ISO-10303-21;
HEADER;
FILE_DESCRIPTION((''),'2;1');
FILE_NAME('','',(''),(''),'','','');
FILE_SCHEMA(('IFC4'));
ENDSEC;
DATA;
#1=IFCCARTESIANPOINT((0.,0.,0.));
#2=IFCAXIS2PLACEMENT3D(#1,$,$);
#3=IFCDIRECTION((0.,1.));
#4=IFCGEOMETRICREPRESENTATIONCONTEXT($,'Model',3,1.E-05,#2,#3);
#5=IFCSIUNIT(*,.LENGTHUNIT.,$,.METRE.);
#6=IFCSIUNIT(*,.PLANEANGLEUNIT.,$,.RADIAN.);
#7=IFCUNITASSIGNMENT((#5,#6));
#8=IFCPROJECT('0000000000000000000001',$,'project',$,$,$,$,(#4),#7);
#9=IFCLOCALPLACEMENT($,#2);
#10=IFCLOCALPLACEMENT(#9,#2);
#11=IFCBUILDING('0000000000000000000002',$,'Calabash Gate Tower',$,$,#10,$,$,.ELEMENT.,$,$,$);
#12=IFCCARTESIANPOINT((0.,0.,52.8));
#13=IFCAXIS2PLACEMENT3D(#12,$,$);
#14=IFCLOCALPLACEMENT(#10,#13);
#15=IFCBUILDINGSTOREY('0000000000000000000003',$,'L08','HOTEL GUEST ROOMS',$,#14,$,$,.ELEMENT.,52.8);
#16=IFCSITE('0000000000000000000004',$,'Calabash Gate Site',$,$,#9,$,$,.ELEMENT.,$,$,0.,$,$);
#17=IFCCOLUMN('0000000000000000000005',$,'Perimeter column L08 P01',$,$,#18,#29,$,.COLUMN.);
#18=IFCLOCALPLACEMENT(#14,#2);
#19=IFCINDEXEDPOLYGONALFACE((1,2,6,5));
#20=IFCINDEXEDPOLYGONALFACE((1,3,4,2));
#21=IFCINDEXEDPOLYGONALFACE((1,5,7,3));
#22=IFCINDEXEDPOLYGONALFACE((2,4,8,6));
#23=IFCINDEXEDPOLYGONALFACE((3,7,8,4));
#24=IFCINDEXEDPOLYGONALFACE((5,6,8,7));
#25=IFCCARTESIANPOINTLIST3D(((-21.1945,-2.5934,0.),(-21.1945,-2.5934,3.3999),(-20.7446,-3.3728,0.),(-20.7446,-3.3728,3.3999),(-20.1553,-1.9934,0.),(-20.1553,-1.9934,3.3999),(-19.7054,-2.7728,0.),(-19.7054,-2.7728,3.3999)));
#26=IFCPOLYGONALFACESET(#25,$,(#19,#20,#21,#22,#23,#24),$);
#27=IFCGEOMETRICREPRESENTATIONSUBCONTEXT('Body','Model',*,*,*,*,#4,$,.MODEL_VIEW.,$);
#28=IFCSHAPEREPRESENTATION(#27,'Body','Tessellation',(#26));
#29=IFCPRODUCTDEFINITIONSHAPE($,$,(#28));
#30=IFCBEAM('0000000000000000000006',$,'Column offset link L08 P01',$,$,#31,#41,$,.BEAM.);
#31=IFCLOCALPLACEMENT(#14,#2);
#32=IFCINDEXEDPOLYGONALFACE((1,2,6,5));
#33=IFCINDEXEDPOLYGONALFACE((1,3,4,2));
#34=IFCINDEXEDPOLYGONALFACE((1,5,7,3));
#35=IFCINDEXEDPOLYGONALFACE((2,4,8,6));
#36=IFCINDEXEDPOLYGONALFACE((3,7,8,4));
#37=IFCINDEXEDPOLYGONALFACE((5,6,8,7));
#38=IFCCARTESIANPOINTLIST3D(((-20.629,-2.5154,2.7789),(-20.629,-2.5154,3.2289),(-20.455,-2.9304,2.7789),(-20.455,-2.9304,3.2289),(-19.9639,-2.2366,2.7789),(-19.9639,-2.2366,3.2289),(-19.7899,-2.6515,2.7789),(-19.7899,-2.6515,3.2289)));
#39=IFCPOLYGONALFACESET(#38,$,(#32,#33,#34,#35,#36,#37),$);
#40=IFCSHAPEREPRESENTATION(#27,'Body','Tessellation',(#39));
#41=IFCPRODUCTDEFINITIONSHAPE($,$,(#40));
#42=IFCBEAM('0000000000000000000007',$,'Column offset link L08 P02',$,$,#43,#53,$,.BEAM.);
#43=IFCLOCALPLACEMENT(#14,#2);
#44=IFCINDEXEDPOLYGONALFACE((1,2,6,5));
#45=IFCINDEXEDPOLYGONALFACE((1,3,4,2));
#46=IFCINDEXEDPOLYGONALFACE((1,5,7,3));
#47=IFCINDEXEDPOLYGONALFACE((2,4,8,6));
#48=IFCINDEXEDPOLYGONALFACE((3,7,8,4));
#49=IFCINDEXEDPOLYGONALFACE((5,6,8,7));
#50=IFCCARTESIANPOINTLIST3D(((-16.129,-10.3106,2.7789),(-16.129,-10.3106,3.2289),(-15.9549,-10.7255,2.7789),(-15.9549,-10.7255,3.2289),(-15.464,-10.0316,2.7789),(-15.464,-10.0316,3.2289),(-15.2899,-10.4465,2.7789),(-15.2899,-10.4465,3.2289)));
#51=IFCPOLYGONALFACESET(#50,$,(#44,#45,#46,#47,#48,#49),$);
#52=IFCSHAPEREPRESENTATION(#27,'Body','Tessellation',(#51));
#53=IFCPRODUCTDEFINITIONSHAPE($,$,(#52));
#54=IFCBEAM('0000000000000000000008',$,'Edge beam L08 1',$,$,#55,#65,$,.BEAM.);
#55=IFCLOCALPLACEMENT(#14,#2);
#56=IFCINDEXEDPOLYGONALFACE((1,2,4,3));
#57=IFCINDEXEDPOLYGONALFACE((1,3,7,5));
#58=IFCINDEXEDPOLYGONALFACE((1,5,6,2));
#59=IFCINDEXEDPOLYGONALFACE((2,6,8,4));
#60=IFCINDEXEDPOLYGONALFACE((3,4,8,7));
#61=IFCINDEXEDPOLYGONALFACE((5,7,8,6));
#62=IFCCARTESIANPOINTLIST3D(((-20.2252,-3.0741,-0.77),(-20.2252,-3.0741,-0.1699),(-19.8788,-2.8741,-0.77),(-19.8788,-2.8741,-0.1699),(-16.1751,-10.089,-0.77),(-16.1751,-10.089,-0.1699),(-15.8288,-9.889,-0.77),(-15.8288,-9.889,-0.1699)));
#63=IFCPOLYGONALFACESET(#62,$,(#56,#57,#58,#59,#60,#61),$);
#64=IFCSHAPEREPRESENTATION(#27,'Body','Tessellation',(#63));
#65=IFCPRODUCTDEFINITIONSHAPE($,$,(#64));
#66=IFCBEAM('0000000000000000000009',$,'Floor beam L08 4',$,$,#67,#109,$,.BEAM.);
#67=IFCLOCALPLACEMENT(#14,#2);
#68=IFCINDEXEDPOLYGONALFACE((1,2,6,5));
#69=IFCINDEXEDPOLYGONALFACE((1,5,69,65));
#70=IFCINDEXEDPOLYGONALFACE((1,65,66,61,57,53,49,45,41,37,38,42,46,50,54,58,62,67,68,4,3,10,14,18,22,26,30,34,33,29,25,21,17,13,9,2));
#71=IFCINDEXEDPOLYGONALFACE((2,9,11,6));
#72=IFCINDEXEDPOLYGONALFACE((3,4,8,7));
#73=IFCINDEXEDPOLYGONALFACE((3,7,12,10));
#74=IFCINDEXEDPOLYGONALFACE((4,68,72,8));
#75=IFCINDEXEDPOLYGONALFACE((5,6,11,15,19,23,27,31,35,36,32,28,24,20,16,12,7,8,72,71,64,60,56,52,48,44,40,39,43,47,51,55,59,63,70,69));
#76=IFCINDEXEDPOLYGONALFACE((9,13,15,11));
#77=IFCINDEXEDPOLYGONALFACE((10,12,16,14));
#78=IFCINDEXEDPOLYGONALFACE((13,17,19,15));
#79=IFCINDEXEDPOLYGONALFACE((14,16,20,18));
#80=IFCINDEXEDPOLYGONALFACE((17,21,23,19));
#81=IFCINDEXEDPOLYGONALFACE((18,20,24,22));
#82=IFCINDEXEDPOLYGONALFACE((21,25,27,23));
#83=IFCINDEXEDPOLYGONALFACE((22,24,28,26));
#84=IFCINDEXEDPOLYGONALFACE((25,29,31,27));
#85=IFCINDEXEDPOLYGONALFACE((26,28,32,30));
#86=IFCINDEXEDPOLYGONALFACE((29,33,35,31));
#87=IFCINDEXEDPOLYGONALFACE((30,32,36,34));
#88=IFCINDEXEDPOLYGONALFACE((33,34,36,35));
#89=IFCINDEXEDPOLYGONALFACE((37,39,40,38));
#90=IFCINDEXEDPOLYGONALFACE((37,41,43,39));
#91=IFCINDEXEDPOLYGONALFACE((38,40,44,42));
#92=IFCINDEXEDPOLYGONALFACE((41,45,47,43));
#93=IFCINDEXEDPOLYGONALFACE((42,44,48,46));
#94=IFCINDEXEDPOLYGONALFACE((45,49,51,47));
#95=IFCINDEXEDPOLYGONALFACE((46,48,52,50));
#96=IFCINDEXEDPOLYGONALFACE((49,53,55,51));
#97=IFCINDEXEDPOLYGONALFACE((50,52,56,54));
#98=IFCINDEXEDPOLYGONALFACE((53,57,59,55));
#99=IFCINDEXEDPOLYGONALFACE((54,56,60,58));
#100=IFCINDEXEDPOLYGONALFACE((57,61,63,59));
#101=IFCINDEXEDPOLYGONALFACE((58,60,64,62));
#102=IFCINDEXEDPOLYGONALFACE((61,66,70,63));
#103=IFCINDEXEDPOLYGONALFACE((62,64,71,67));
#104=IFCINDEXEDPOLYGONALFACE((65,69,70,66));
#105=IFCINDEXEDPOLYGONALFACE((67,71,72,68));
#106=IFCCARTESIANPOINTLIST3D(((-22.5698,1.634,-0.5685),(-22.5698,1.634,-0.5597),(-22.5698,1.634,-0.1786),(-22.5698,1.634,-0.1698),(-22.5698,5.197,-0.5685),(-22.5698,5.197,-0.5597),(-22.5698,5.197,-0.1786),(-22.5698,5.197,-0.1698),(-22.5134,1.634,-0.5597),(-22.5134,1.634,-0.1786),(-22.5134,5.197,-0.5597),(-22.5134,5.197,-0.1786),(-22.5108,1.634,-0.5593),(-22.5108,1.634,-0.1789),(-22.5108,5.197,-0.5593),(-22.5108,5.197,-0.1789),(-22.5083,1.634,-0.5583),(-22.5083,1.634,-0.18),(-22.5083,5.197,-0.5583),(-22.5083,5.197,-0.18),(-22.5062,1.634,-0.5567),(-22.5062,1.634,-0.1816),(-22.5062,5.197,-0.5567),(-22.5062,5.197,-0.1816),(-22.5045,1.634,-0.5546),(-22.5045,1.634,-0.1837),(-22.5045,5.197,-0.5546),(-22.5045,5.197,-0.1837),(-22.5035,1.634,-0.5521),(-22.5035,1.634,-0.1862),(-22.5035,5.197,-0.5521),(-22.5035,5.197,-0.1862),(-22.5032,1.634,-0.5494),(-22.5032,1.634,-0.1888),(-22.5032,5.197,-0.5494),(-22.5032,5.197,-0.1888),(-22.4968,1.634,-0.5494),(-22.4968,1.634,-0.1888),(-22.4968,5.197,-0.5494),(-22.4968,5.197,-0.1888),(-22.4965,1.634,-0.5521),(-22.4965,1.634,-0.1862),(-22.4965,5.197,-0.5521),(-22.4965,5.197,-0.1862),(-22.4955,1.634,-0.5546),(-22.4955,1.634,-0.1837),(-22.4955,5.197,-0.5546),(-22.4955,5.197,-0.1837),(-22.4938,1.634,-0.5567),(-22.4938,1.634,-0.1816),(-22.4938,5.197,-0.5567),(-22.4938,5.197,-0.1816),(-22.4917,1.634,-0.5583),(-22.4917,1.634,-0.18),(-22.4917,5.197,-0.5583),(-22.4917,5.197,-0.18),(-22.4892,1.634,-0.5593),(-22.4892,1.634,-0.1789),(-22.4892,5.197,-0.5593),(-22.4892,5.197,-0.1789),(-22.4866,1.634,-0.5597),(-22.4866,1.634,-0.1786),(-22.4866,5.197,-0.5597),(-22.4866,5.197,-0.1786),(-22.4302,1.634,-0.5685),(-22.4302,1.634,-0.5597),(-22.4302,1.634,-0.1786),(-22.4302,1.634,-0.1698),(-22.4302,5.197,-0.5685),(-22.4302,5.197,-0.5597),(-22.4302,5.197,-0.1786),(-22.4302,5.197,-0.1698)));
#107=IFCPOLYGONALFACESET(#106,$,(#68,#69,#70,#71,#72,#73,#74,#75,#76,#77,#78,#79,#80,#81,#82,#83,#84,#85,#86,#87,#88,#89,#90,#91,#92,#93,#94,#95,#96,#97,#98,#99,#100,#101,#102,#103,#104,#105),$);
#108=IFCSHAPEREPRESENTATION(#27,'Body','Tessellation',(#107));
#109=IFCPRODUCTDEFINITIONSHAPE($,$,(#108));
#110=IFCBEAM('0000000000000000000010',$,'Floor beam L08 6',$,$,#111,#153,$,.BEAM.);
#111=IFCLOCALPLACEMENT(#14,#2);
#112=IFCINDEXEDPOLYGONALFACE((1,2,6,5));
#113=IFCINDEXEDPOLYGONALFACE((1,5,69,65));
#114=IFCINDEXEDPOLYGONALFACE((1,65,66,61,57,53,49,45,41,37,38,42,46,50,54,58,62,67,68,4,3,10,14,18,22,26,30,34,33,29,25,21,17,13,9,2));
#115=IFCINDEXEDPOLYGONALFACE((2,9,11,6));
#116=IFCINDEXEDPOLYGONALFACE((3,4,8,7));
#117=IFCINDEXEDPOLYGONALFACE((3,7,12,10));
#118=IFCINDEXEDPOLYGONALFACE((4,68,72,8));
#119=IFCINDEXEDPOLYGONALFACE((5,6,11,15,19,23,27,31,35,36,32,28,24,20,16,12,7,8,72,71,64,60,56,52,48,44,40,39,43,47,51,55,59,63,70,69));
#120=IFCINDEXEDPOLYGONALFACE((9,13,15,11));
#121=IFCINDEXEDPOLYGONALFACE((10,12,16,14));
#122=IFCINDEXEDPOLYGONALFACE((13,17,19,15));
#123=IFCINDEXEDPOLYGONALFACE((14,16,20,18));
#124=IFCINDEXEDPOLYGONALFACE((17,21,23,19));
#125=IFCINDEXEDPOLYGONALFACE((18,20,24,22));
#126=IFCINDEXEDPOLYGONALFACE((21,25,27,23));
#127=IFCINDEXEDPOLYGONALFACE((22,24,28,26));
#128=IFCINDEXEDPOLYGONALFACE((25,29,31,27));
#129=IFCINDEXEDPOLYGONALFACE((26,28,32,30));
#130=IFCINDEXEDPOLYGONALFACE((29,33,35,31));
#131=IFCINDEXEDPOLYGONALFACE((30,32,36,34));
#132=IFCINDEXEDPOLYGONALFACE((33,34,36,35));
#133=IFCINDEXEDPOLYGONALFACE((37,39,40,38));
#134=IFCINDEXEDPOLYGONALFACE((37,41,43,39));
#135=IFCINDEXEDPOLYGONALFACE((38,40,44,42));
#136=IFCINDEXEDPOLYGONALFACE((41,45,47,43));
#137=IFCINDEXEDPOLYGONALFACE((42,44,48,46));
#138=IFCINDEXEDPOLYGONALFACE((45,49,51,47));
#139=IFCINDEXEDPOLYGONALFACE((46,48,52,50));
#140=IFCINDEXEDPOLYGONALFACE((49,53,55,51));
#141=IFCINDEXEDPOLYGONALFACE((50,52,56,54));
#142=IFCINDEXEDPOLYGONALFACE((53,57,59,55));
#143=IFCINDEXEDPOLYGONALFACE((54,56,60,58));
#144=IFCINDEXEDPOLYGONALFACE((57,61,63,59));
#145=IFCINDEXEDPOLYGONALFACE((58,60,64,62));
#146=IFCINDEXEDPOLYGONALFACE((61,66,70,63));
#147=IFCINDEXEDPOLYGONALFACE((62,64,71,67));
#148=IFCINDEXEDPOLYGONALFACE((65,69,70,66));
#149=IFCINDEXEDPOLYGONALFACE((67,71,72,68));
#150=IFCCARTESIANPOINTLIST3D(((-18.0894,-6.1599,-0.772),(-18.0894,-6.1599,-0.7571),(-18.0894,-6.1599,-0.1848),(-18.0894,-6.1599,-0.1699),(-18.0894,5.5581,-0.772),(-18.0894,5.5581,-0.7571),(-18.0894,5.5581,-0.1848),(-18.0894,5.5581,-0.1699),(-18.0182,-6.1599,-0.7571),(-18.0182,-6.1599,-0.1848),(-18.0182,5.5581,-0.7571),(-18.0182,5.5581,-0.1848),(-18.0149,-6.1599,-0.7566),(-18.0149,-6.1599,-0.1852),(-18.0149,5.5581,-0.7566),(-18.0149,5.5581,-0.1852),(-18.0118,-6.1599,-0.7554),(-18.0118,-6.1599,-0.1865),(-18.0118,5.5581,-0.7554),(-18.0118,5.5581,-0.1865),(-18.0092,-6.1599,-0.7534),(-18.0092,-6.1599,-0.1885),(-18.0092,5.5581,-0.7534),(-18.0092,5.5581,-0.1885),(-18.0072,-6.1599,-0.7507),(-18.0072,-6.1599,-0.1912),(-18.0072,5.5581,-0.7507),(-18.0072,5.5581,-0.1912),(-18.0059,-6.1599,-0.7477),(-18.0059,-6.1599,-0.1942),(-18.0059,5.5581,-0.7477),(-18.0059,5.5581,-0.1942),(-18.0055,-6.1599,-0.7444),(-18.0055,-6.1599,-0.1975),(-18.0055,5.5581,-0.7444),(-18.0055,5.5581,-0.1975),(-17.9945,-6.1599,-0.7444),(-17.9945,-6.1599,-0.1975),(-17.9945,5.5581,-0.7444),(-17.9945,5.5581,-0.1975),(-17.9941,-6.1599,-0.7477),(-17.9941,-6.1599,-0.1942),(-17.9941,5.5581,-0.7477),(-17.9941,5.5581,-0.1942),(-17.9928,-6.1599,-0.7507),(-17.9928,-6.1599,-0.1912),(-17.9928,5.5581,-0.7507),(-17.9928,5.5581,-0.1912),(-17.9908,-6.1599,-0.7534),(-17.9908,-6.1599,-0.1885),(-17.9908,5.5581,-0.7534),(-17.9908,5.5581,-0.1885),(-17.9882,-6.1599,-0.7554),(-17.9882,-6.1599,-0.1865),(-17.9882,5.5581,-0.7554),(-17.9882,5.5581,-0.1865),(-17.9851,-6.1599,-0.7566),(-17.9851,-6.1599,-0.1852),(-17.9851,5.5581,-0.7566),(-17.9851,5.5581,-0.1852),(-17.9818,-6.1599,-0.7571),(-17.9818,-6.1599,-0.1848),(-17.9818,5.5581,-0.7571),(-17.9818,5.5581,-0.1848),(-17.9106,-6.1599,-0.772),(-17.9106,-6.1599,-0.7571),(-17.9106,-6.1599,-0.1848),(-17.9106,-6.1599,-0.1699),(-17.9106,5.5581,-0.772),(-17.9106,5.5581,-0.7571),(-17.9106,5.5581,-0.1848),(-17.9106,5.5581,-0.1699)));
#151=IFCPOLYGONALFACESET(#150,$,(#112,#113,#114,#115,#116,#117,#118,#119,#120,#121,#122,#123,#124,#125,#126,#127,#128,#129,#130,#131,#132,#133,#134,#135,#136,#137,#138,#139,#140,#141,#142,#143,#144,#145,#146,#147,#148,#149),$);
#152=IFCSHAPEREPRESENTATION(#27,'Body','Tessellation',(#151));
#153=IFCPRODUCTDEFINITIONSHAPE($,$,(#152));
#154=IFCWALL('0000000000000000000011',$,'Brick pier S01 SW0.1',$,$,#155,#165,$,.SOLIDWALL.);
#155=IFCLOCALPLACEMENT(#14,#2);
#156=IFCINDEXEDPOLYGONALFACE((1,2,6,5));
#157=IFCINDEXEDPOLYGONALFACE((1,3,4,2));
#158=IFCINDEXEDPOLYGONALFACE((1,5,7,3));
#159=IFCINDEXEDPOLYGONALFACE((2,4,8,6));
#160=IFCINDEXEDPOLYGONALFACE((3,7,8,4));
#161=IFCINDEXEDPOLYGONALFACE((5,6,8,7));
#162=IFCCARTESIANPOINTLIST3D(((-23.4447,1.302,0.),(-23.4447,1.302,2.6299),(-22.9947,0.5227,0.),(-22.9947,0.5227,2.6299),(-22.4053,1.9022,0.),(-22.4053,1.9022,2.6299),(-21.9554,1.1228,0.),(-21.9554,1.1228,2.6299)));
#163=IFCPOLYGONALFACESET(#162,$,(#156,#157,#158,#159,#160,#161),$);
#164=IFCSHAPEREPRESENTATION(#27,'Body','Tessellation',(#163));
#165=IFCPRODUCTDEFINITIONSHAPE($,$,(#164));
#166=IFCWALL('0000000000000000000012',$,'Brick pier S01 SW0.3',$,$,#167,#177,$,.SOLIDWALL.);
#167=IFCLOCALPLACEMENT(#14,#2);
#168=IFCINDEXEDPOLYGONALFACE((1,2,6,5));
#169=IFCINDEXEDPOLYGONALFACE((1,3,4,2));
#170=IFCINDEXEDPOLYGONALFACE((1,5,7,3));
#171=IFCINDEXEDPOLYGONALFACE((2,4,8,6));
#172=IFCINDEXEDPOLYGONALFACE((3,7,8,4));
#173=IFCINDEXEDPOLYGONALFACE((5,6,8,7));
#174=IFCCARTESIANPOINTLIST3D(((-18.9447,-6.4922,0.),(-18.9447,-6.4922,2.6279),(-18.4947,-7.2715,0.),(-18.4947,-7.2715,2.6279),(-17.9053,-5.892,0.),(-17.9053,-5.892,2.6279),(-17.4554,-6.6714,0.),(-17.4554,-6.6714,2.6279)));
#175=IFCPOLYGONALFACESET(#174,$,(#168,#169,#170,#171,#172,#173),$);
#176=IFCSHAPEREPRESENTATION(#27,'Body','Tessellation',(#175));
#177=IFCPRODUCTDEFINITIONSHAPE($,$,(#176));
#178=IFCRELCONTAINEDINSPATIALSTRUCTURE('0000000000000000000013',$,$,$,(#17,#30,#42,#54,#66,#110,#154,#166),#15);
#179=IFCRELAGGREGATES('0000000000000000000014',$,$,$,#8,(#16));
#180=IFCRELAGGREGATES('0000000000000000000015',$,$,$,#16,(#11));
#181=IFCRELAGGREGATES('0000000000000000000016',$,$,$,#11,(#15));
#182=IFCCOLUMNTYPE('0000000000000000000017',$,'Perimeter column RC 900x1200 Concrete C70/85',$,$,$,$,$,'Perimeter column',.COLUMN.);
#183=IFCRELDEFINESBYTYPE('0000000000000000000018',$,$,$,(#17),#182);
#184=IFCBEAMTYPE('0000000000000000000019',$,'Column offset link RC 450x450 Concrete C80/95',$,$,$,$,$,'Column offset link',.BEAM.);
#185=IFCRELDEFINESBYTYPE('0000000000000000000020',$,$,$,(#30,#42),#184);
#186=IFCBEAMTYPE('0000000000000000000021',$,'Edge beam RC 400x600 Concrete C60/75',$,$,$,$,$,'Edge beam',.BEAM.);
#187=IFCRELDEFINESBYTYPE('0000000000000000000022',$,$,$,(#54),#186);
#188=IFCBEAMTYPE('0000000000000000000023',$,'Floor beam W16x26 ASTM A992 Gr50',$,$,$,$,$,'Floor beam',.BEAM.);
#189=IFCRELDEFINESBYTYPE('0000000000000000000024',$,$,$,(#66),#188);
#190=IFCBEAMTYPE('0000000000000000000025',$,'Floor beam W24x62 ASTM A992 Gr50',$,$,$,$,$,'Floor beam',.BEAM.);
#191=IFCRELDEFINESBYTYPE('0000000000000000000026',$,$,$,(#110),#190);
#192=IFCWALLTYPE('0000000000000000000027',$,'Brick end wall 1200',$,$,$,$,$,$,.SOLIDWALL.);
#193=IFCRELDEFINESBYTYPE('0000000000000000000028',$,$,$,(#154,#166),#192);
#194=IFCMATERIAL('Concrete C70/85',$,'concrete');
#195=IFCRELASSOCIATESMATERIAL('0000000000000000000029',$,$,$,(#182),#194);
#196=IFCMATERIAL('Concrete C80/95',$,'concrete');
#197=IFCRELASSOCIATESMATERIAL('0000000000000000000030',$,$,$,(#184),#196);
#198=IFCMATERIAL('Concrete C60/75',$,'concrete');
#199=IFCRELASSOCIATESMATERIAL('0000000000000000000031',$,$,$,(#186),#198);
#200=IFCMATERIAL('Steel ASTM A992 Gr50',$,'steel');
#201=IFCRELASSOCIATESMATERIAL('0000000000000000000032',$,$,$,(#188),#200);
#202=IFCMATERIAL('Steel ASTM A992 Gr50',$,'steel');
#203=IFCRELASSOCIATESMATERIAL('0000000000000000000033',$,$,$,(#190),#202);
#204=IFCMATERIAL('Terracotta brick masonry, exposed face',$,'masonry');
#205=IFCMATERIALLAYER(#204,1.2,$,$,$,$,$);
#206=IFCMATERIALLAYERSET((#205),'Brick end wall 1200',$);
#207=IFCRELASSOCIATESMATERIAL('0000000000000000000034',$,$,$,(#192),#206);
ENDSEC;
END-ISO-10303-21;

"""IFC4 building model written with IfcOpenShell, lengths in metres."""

from ifc_helpers import new_model, si_unit, direction, frame, frame_2d, origin, origin_2d, place, context, subcontext, project, spatial, rectangle, i_section, extrude, material, layer, layer_set, material_profile, profile_set, type_object, element, save


model = new_model("IFC4")

# Units and contexts
model_context = context("Model", 3, precision=1e-05, world=origin(), true_north=direction((0.0, 1.0)))
body_context = subcontext(model_context, "Body", "Model", "MODEL_VIEW")
ifc_project = project(units=[si_unit("LENGTHUNIT", "METRE"), si_unit("PLANEANGLEUNIT", "RADIAN")], contexts=[model_context])

# Site, building, storey
site_placement = place(None, origin())
site = spatial("IfcSite", under=ifc_project, at=site_placement, Name="Calabash Gate Site", CompositionType="ELEMENT", RefElevation=0.0)
building_placement = place(site_placement, origin())
building = spatial("IfcBuilding", under=site, at=building_placement, Name="Calabash Gate Tower", CompositionType="ELEMENT")
storey_placement = place(building_placement, frame((0.0, 0.0, 52.8)))
storey = spatial("IfcBuildingStorey", under=building, at=storey_placement, Name="L08", Description="HOTEL GUEST ROOMS", CompositionType="ELEMENT", Elevation=52.8)

# Column
ifc_material_1 = material(Name="Concrete C70/85", Category="concrete")
ifc_material_profile_1 = material_profile(ifc_material_1, rectangle(XDim=0.8999, YDim=1.2, at=origin_2d()))
ifc_profile_set_1 = profile_set([ifc_material_profile_1], Name="Concrete C70/85")
column_type = type_object("IfcColumnType", Name="Perimeter column RC 900x1200 Concrete C70/85", ElementType="Perimeter column", PredefinedType="COLUMN", material=ifc_profile_set_1)
column_placement = place(storey_placement, frame((-20.45, -2.6831, 0.0), z_axis=(0.0, 0.0, 1.0), x_axis=(0.5, -0.866025, 0.0)))
element("IfcColumn", 1, at=column_placement, inside=storey, type_object=column_type, Name="Perimeter column L08 P01", PredefinedType="COLUMN", context=body_context, shape_type="SweptSolid", body=[
    extrude(rectangle(XDim=0.8999, YDim=1.2, at=origin_2d()), origin(), (0.0, 0.0, 1.0), 3.3999),
])

# Beams
ifc_material_2 = material(Name="Concrete C80/95", Category="concrete")
ifc_material_profile_2 = material_profile(ifc_material_2, rectangle(XDim=0.45, YDim=0.45, at=origin_2d()))
ifc_profile_set_2 = profile_set([ifc_material_profile_2], Name="Concrete C80/95")
beam_type_1 = type_object("IfcBeamType", Name="Column offset link RC 450x450 Concrete C80/95", ElementType="Column offset link", PredefinedType="BEAM", material=ifc_profile_set_2)
for number, where, z_axis, x_axis, name in (
    (2, (-20.542, -2.7229, 3.0039), (0.922233, 0.386634, 0.0), (-0.386634, 0.922233, 0.0), "Column offset link L08 P01"),
    (3, (-16.042, -10.5181, 3.0039), (0.922113, 0.386922, 0.0), (-0.386922, 0.922113, 0.0), "Column offset link L08 P02"),
):
    element("IfcBeam", number, at=place(storey_placement, frame(where, z_axis=z_axis, x_axis=x_axis)), inside=storey, type_object=beam_type_1, Name=name, PredefinedType="BEAM", context=body_context, shape_type="SweptSolid", body=[
        extrude(rectangle(XDim=0.45, YDim=0.45, at=origin_2d()), origin(), (0.0, 0.0, 1.0), 0.7212),
    ])
ifc_material_3 = material(Name="Concrete C60/75", Category="concrete")
ifc_material_profile_3 = material_profile(ifc_material_3, rectangle(XDim=0.3999, YDim=0.6001, at=origin_2d()))
ifc_profile_set_3 = profile_set([ifc_material_profile_3], Name="Concrete C60/75")
beam_type_2 = type_object("IfcBeamType", Name="Edge beam RC 400x600 Concrete C60/75", ElementType="Edge beam", PredefinedType="BEAM", material=ifc_profile_set_3)
beam_1_placement = place(storey_placement, frame((-20.052, -2.9741, -0.47), z_axis=(0.5, -0.866025, 0.0), x_axis=(0.866025, 0.5, 0.0)))
element("IfcBeam", 4, at=beam_1_placement, inside=storey, type_object=beam_type_2, Name="Edge beam L08 1", PredefinedType="BEAM", context=body_context, shape_type="SweptSolid", body=[
    extrude(rectangle(XDim=0.3999, YDim=0.6001, at=origin_2d()), origin(), (0.0, 0.0, 1.0), 8.1001),
])
ifc_material_4 = material(Name="Steel ASTM A992 Gr50", Category="steel")
ifc_material_profile_4 = material_profile(ifc_material_4, i_section(OverallWidth=0.1396, OverallDepth=0.3987, WebThickness=0.0063, FlangeThickness=0.0088, FilletRadius=0.0103, at=origin_2d()))
ifc_profile_set_4 = profile_set([ifc_material_profile_4], Name="Steel ASTM A992 Gr50")
beam_type_3 = type_object("IfcBeamType", Name="Floor beam W16x26 ASTM A992 Gr50", ElementType="Floor beam", PredefinedType="BEAM", material=ifc_profile_set_4)
beam_2_placement = place(storey_placement, frame((-22.5, 1.634, -0.3691), z_axis=(0.0, 1.0, 0.0), x_axis=(-1.0, 0.0, 0.0)))
element("IfcBeam", 5, at=beam_2_placement, inside=storey, type_object=beam_type_3, Name="Floor beam L08 4", PredefinedType="BEAM", context=body_context, shape_type="SweptSolid", body=[
    extrude(i_section(OverallWidth=0.1396, OverallDepth=0.3987, WebThickness=0.0063, FlangeThickness=0.0088, FilletRadius=0.0103, at=origin_2d()), origin(), (0.0, 0.0, 1.0), 3.563),
])
ifc_material_5 = material(Name="Steel ASTM A992 Gr50", Category="steel")
ifc_material_profile_5 = material_profile(ifc_material_5, i_section(OverallWidth=0.1787, OverallDepth=0.6021, WebThickness=0.011, FlangeThickness=0.0149, FilletRadius=0.0127, at=origin_2d()))
ifc_profile_set_5 = profile_set([ifc_material_profile_5], Name="Steel ASTM A992 Gr50")
beam_type_4 = type_object("IfcBeamType", Name="Floor beam W24x62 ASTM A992 Gr50", ElementType="Floor beam", PredefinedType="BEAM", material=ifc_profile_set_5)
beam_3_placement = place(storey_placement, frame((-18.0, -6.1599, -0.4709), z_axis=(0.0, 1.0, 0.0), x_axis=(-1.0, 0.0, 0.0)))
element("IfcBeam", 6, at=beam_3_placement, inside=storey, type_object=beam_type_4, Name="Floor beam L08 6", PredefinedType="BEAM", context=body_context, shape_type="SweptSolid", body=[
    extrude(i_section(OverallWidth=0.1787, OverallDepth=0.6021, WebThickness=0.011, FlangeThickness=0.0149, FilletRadius=0.0127, at=origin_2d()), origin(), (0.0, 0.0, 1.0), 11.718),
])

# Walls
ifc_material_6 = material(Name="Terracotta brick masonry, exposed face", Category="masonry")
ifc_layer_1 = layer(ifc_material_6, 1.2)
ifc_layer_set_1 = layer_set([ifc_layer_1], Name="Brick end wall 1200")
wall_type_1 = type_object("IfcWallType", Name="Brick end wall 1200", PredefinedType="SOLIDWALL", material=ifc_layer_set_1)
wall_1_placement = place(storey_placement, frame((-23.2197, 0.9124, 0.0), z_axis=(0.0, 0.0, 1.0), x_axis=(0.866006, 0.500034, 0.0)))
element("IfcWall", 7, at=wall_1_placement, inside=storey, type_object=wall_type_1, Name="Brick pier S01 SW0.1", PredefinedType="SOLIDWALL", context=body_context, shape_type="SweptSolid", body=[
    extrude(rectangle(XDim=1.2002, YDim=0.8999, at=frame_2d((0.6001, 0.0))), origin(), (0.0, 0.0, 1.0), 2.6299),
])
wall_2_placement = place(storey_placement, frame((-18.7197, -6.8818, 0.0), z_axis=(0.0, 0.0, 1.0), x_axis=(0.866006, 0.500034, 0.0)))
element("IfcWall", 8, at=wall_2_placement, inside=storey, type_object=wall_type_1, Name="Brick pier S01 SW0.3", PredefinedType="SOLIDWALL", context=body_context, shape_type="SweptSolid", body=[
    extrude(rectangle(XDim=1.2002, YDim=0.8999, at=frame_2d((0.6001, 0.0))), origin(), (0.0, 0.0, 1.0), 2.6279),
])

save(model, "model.ifc")
